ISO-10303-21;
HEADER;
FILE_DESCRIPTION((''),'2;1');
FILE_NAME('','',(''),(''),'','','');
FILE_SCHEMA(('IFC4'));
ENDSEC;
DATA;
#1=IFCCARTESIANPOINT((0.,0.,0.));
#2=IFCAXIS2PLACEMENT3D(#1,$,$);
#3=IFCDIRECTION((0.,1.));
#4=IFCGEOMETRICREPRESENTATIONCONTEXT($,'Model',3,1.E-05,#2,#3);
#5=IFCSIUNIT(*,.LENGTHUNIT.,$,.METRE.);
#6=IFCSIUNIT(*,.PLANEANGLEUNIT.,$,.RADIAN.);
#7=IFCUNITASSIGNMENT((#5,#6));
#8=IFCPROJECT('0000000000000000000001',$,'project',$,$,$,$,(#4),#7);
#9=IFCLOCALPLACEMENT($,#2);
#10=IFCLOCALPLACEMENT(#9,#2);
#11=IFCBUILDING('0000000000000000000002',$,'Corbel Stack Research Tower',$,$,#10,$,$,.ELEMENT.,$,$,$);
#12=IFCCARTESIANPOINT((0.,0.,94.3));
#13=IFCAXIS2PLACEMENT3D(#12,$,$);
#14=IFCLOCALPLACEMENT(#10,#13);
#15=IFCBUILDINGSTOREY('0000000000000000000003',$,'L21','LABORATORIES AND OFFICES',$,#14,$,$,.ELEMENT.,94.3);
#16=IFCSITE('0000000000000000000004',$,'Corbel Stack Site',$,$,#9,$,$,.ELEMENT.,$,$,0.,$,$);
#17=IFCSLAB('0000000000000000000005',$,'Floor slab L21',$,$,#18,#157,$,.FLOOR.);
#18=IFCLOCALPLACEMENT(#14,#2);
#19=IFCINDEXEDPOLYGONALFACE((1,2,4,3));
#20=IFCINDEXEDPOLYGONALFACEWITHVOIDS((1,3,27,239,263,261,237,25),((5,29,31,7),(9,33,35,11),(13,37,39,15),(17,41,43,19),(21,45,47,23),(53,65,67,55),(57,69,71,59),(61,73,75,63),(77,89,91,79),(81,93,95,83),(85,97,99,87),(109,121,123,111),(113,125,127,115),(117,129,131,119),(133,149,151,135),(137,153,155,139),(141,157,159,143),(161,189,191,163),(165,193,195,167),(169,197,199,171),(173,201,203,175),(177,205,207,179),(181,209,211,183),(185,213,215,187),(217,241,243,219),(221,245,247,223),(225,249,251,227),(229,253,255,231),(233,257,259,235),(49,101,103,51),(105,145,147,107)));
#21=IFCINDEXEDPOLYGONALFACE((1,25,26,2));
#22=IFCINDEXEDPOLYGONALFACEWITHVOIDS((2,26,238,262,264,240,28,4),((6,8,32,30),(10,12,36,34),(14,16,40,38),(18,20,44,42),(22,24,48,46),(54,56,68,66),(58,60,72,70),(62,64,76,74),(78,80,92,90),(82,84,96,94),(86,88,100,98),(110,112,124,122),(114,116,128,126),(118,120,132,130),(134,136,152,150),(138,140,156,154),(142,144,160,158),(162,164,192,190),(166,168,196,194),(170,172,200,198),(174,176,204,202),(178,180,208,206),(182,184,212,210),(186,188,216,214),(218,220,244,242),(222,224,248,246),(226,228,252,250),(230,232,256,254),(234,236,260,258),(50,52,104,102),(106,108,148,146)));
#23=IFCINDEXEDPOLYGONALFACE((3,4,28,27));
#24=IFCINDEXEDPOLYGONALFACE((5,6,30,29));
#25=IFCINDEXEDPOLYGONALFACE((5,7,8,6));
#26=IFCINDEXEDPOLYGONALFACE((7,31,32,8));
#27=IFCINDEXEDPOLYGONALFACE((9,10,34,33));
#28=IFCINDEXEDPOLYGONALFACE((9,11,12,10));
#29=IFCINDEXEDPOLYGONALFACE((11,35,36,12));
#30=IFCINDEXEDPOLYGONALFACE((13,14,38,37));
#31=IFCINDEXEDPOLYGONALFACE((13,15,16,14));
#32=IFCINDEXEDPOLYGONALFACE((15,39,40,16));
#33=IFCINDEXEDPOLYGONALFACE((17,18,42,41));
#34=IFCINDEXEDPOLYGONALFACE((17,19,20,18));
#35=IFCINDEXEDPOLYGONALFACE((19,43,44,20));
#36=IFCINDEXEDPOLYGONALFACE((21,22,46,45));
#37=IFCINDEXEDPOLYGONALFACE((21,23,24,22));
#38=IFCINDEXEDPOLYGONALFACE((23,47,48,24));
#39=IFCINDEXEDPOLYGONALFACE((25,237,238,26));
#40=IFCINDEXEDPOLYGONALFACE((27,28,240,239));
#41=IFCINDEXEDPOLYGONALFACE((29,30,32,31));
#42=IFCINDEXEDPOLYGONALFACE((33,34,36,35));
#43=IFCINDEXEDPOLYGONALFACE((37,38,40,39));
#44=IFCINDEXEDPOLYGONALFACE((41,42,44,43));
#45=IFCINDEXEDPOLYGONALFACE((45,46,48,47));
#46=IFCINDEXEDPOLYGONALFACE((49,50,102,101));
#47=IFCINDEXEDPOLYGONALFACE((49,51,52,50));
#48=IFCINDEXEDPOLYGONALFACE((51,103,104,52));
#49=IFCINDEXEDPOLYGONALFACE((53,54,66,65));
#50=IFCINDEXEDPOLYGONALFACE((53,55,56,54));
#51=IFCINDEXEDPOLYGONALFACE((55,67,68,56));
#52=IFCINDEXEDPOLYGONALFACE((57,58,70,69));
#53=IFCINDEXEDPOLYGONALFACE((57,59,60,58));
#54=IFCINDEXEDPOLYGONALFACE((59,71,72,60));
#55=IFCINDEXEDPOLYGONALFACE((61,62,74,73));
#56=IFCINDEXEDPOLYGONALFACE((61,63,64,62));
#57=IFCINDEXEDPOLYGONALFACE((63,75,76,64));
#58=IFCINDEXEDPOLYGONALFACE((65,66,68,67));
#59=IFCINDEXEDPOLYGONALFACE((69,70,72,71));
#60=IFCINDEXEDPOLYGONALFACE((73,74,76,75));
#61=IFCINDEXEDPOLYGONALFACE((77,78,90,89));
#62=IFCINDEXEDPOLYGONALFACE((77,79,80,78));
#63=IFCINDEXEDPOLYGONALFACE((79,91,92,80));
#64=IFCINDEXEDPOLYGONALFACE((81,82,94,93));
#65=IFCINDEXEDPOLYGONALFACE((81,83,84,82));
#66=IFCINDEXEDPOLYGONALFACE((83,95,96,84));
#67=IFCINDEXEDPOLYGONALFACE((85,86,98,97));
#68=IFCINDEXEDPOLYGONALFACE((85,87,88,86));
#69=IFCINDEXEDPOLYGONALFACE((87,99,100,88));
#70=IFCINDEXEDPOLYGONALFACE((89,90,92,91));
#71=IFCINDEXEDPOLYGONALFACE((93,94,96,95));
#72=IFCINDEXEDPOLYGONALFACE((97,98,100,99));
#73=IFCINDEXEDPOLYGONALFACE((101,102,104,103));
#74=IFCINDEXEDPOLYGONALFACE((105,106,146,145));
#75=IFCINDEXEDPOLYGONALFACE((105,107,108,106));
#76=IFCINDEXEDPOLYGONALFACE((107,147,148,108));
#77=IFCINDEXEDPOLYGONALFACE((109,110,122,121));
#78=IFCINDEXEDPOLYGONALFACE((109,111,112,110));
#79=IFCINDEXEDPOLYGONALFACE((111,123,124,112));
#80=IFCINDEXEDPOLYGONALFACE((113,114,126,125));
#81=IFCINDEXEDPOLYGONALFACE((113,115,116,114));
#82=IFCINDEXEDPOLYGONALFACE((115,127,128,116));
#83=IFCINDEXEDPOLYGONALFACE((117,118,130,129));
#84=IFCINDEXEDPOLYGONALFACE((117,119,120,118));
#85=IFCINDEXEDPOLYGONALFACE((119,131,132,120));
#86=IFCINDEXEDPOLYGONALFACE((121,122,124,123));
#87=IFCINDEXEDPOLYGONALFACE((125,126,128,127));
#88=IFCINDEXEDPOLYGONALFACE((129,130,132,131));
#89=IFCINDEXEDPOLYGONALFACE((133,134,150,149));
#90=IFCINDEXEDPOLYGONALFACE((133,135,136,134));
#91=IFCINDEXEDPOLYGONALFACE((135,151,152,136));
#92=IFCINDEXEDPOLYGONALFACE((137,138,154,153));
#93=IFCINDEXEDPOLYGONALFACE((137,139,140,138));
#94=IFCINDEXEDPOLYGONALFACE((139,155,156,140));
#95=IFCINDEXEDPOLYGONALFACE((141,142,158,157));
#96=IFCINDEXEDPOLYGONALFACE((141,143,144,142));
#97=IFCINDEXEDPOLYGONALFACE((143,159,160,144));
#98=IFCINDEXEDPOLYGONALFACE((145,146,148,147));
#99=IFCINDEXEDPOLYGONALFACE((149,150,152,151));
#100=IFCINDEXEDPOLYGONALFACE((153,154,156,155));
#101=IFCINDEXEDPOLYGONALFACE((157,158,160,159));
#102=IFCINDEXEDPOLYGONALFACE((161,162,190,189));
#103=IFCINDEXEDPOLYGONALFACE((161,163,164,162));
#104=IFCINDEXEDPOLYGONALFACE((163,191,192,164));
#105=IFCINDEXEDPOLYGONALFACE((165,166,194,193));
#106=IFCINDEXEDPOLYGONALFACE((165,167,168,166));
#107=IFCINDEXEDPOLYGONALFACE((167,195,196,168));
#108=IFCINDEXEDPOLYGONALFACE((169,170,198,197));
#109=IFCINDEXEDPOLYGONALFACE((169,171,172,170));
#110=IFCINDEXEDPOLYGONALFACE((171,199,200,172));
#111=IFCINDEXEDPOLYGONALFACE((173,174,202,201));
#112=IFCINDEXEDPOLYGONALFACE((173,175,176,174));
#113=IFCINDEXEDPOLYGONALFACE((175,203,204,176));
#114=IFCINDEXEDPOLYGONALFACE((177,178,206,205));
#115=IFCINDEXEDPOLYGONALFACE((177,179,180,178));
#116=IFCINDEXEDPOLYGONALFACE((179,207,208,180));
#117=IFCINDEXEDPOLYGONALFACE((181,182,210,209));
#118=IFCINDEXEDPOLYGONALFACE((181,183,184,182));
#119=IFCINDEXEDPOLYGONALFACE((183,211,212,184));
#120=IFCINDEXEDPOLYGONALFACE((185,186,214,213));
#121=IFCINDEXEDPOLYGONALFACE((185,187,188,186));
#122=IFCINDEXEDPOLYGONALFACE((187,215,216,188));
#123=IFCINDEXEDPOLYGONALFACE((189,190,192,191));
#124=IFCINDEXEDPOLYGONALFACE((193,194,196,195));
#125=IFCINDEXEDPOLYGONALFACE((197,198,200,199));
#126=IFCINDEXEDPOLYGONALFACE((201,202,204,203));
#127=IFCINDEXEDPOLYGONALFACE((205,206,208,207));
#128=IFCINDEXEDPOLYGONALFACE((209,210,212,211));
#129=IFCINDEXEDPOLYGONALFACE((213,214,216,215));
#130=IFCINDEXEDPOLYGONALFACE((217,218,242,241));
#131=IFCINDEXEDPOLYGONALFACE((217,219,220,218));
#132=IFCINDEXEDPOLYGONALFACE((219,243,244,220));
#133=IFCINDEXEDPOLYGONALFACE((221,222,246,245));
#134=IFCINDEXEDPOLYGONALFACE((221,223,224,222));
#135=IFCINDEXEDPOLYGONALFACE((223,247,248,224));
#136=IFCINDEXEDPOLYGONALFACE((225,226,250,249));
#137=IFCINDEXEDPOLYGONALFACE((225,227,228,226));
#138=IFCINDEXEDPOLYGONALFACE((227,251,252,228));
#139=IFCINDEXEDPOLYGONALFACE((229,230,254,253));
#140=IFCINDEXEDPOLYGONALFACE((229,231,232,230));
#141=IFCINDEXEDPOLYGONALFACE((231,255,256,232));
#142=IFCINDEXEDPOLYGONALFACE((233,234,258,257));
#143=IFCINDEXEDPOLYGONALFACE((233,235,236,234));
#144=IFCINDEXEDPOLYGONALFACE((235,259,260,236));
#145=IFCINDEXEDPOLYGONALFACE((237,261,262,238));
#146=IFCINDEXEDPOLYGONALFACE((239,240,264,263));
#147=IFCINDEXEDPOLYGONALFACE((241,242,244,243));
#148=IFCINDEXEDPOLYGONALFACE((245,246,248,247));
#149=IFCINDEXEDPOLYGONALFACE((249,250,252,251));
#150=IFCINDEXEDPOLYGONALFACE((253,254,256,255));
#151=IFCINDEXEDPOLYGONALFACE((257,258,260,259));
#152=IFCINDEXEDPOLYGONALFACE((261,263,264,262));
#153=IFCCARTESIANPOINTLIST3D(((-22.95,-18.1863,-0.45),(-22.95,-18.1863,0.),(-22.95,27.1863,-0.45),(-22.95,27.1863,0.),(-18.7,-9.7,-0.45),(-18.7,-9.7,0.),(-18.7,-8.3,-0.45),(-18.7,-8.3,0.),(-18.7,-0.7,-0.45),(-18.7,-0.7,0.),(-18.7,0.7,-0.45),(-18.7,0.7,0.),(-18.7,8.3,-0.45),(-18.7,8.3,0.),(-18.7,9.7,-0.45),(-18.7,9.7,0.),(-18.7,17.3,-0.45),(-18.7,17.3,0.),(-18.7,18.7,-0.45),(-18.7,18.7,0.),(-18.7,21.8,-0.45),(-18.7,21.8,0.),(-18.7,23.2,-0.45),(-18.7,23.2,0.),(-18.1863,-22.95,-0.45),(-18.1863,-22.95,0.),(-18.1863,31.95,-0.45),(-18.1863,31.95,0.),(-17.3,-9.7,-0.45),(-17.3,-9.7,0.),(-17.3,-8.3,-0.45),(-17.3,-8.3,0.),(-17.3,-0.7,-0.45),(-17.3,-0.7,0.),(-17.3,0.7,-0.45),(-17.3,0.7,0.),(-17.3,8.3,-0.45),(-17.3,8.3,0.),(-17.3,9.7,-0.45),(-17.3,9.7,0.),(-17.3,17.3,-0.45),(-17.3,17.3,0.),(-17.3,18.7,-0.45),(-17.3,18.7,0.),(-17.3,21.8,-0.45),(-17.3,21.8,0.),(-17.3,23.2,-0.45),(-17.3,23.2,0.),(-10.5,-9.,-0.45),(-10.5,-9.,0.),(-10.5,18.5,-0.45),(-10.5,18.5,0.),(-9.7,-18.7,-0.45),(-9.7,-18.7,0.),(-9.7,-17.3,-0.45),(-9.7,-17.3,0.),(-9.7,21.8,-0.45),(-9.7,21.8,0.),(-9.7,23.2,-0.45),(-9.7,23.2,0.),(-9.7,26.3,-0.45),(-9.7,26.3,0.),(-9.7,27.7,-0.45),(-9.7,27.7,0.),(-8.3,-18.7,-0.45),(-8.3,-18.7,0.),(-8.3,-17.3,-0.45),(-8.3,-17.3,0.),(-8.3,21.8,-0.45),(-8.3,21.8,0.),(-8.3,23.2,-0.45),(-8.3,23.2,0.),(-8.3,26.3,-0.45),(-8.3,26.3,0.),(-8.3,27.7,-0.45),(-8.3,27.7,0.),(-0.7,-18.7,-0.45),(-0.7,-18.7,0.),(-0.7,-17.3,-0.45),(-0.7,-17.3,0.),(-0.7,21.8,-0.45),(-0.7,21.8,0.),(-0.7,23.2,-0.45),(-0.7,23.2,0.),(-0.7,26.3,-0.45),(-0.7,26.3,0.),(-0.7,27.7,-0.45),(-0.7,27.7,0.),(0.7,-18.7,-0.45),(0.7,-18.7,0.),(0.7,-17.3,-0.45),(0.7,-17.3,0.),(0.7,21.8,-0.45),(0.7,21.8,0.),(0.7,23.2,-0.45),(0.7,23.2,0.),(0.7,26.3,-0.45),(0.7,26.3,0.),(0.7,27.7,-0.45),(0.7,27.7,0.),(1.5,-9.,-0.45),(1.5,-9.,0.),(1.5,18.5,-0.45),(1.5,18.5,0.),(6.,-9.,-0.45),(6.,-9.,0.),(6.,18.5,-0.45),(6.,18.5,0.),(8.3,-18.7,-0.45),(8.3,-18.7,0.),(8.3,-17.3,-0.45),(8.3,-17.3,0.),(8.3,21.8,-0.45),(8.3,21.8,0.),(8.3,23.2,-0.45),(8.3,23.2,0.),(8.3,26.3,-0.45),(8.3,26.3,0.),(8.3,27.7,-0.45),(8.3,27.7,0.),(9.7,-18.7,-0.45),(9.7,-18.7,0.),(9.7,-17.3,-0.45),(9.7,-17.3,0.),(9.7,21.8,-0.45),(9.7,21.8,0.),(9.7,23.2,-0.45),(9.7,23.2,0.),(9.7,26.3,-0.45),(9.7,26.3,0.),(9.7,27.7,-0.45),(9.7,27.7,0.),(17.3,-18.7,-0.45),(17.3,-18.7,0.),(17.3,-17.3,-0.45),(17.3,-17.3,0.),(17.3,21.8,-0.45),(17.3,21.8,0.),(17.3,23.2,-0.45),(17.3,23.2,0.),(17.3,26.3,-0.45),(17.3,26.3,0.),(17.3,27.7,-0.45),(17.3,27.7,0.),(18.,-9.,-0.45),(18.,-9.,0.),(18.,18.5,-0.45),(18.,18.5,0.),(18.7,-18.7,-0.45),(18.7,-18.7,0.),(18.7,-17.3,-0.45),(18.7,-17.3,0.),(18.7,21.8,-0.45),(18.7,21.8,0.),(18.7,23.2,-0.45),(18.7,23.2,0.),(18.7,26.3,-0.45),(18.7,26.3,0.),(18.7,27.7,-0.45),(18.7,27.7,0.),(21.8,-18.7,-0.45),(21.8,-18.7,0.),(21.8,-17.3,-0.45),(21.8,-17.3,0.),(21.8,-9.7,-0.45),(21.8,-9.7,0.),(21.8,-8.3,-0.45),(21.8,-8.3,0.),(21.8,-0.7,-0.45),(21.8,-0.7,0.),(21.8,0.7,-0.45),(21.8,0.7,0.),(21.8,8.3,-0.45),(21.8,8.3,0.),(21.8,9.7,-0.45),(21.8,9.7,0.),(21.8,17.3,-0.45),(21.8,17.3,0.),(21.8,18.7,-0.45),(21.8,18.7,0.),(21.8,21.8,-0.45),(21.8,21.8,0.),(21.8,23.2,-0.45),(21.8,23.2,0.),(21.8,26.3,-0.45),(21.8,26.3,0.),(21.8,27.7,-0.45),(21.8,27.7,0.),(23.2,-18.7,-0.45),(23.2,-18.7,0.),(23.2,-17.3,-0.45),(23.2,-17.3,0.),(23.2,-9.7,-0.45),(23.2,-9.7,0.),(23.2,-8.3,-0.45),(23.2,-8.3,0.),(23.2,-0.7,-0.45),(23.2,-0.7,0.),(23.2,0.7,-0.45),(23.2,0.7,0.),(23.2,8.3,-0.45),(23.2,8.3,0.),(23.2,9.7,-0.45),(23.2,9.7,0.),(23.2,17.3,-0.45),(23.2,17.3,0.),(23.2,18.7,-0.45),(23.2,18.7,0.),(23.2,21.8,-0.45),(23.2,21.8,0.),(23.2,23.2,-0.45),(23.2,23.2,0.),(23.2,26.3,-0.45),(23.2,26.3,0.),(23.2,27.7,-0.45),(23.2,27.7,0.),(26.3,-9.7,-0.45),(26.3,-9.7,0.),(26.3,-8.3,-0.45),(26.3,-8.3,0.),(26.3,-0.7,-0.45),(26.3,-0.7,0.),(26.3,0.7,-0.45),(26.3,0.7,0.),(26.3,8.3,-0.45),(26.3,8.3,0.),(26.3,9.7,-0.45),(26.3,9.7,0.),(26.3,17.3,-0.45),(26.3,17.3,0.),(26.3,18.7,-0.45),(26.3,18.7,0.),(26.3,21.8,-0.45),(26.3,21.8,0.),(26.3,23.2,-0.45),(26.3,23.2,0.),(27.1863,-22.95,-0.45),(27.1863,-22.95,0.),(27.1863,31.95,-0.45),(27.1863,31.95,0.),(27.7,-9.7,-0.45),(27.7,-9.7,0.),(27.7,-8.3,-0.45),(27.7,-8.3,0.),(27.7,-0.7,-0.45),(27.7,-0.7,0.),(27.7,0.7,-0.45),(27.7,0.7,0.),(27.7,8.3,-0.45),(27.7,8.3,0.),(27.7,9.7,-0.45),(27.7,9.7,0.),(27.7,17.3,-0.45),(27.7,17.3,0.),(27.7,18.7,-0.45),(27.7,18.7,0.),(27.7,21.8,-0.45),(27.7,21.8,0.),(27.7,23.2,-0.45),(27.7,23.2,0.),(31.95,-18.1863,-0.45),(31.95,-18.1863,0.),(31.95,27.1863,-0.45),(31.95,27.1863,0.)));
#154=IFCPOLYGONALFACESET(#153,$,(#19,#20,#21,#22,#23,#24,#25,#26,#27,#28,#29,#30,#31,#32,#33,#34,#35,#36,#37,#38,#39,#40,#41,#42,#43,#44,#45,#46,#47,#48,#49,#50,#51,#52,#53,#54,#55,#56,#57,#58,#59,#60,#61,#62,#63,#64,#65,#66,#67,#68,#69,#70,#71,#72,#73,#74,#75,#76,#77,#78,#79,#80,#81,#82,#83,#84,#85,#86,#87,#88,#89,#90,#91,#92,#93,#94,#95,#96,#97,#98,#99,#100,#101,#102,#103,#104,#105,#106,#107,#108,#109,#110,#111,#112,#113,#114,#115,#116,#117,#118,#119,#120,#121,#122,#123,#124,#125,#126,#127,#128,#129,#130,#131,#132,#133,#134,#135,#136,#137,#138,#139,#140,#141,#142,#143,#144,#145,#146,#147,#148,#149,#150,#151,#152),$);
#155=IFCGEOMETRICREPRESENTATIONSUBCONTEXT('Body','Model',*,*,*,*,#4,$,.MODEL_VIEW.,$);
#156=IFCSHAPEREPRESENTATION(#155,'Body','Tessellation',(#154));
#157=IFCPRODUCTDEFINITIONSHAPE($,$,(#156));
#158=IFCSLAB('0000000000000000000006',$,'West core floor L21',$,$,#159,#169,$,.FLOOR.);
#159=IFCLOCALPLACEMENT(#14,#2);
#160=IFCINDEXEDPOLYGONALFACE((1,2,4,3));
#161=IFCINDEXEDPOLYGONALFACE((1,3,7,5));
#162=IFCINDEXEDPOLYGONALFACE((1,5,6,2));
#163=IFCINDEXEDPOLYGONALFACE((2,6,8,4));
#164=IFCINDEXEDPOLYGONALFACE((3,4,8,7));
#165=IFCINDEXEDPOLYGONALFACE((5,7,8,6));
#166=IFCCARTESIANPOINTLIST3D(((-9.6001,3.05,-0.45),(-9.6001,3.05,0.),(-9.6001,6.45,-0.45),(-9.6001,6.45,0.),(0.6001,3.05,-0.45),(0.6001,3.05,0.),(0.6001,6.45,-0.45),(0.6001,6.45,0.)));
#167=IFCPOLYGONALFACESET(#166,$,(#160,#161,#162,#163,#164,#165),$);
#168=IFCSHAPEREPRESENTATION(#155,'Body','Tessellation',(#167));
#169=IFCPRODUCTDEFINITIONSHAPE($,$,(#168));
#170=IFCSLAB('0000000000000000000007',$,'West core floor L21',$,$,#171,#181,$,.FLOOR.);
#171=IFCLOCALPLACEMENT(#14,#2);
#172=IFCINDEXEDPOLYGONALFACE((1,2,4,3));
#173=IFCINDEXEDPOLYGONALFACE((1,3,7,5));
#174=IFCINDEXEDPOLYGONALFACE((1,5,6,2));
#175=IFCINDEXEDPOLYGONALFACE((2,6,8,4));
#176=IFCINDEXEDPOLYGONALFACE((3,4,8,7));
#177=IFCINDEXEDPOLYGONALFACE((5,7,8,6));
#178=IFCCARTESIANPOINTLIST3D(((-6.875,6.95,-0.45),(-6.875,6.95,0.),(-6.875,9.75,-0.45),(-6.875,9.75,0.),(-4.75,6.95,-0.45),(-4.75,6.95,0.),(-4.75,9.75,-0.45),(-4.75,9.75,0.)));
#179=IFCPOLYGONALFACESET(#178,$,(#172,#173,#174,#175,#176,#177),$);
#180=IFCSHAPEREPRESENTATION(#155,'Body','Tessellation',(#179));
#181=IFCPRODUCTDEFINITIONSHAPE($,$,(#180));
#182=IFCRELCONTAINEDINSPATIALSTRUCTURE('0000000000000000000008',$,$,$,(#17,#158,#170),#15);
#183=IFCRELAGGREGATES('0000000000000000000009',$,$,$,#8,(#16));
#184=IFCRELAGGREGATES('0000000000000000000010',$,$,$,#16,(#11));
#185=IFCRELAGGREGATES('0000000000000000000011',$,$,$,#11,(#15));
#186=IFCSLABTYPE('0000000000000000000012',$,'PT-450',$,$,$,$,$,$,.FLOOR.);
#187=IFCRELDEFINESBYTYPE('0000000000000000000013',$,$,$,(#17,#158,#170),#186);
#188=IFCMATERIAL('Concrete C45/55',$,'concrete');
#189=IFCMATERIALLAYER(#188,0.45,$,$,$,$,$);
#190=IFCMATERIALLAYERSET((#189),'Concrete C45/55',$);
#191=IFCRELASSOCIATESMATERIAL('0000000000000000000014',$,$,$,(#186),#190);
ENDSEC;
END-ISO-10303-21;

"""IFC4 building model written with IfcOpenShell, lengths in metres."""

from ifc_helpers import new_model, si_unit, direction, frame, origin, place, context, subcontext, project, spatial, polyline, outline, extrude, material, layer, layer_set, type_object, element, save


model = new_model("IFC4")

# Units and contexts
model_context = context("Model", 3, precision=1e-05, world=origin(), true_north=direction((0.0, 1.0)))
body_context = subcontext(model_context, "Body", "Model", "MODEL_VIEW")
ifc_project = project(units=[si_unit("LENGTHUNIT", "METRE"), si_unit("PLANEANGLEUNIT", "RADIAN")], contexts=[model_context])

# Site, building, storey
site_placement = place(None, origin())
site = spatial("IfcSite", under=ifc_project, at=site_placement, Name="Corbel Stack Site", CompositionType="ELEMENT", RefElevation=0.0)
building_placement = place(site_placement, origin())
building = spatial("IfcBuilding", under=site, at=building_placement, Name="Corbel Stack Research Tower", CompositionType="ELEMENT")
storey_placement = place(building_placement, frame((0.0, 0.0, 94.3)))
storey = spatial("IfcBuildingStorey", under=building, at=storey_placement, Name="L21", Description="LABORATORIES AND OFFICES", CompositionType="ELEMENT", Elevation=94.3)

# Slabs
ifc_material_1 = material(Name="Concrete C45/55", Category="concrete")
ifc_layer_1 = layer(ifc_material_1, 0.45)
ifc_layer_set_1 = layer_set([ifc_layer_1], Name="Concrete C45/55")
slab_type_1 = type_object("IfcSlabType", Name="PT-450", PredefinedType="FLOOR", material=ifc_layer_set_1)
slab_1_placement = place(storey_placement, frame((0.0, 0.0, -0.45)))
element("IfcSlab", 1, at=slab_1_placement, inside=storey, type_object=slab_type_1, Name="Floor slab L21", PredefinedType="FLOOR", context=body_context, shape_type="SweptSolid", body=[
    extrude(outline(polyline([(-18.1863, -22.95), (27.1863, -22.95), (31.95, -18.1863), (31.95, 27.1863), (27.1863, 31.95), (-18.1863, 31.95), (-22.95, 27.1863), (-22.95, -18.1863), (-18.1863, -22.95)]), holes=[polyline([(26.3, 21.8), (26.3, 23.2), (27.7, 23.2), (27.7, 21.8), (26.3, 21.8)]), polyline([(26.3, -9.7), (26.3, -8.3), (27.7, -8.3), (27.7, -9.7), (26.3, -9.7)]), polyline([(26.3, -0.7), (26.3, 0.7), (27.7, 0.7), (27.7, -0.7), (26.3, -0.7)]), polyline([(26.3, 8.3), (26.3, 9.7), (27.7, 9.7), (27.7, 8.3), (26.3, 8.3)]), polyline([(26.3, 17.3), (26.3, 18.7), (27.7, 18.7), (27.7, 17.3), (26.3, 17.3)]), polyline([(21.8, 26.3), (21.8, 27.7), (23.2, 27.7), (23.2, 26.3), (21.8, 26.3)]), polyline([(21.8, 21.8), (21.8, 23.2), (23.2, 23.2), (23.2, 21.8), (21.8, 21.8)]), polyline([(21.8, 17.3), (21.8, 18.7), (23.2, 18.7), (23.2, 17.3), (21.8, 17.3)]), polyline([(21.8, 8.3), (21.8, 9.7), (23.2, 9.7), (23.2, 8.3), (21.8, 8.3)]), polyline([(21.8, -0.7), (21.8, 0.7), (23.2, 0.7), (23.2, -0.7), (21.8, -0.7)]), polyline([(21.8, -9.7), (21.8, -8.3), (23.2, -8.3), (23.2, -9.7), (21.8, -9.7)]), polyline([(21.8, -18.7), (21.8, -17.3), (23.2, -17.3), (23.2, -18.7), (21.8, -18.7)]), polyline([(17.3, 26.3), (17.3, 27.7), (18.7, 27.7), (18.7, 26.3), (17.3, 26.3)]), polyline([(17.3, 21.8), (17.3, 23.2), (18.7, 23.2), (18.7, 21.8), (17.3, 21.8)]), polyline([(17.3, -18.7), (17.3, -17.3), (18.7, -17.3), (18.7, -18.7), (17.3, -18.7)]), polyline([(6.0, -9.0), (6.0, 18.5), (18.0, 18.5), (18.0, -9.0), (6.0, -9.0)]), polyline([(8.3, 26.3), (8.3, 27.7), (9.7, 27.7), (9.7, 26.3), (8.3, 26.3)]), polyline([(8.3, 21.8), (8.3, 23.2), (9.7, 23.2), (9.7, 21.8), (8.3, 21.8)]), polyline([(8.3, -18.7), (8.3, -17.3), (9.7, -17.3), (9.7, -18.7), (8.3, -18.7)]), polyline([(-10.5, -9.0), (-10.5, 18.5), (1.5, 18.5), (1.5, -9.0), (-10.5, -9.0)]), polyline([(-0.7, 26.3), (-0.7, 27.7), (0.7, 27.7), (0.7, 26.3), (-0.7, 26.3)]), polyline([(-0.7, 21.8), (-0.7, 23.2), (0.7, 23.2), (0.7, 21.8), (-0.7, 21.8)]), polyline([(-0.7, -18.7), (-0.7, -17.3), (0.7, -17.3), (0.7, -18.7), (-0.7, -18.7)]), polyline([(-9.7, 26.3), (-9.7, 27.7), (-8.3, 27.7), (-8.3, 26.3), (-9.7, 26.3)]), polyline([(-9.7, 21.8), (-9.7, 23.2), (-8.3, 23.2), (-8.3, 21.8), (-9.7, 21.8)]), polyline([(-8.3, -18.7), (-9.7, -18.7), (-9.7, -17.3), (-8.3, -17.3), (-8.3, -18.7)]), polyline([(-18.7, 21.8), (-18.7, 23.2), (-17.3, 23.2), (-17.3, 21.8), (-18.7, 21.8)]), polyline([(-18.7, 17.3), (-18.7, 18.7), (-17.3, 18.7), (-17.3, 17.3), (-18.7, 17.3)]), polyline([(-18.7, 8.3), (-18.7, 9.7), (-17.3, 9.7), (-17.3, 8.3), (-18.7, 8.3)]), polyline([(-18.7, -0.7), (-18.7, 0.7), (-17.3, 0.7), (-17.3, -0.7), (-18.7, -0.7)]), polyline([(-18.7, -9.7), (-18.7, -8.3), (-17.3, -8.3), (-17.3, -9.7), (-18.7, -9.7)])]), origin(), (0.0, 0.0, 1.0), 0.45),
])
slab_2_placement = place(storey_placement, frame((0.0, 0.0, -0.45)))
element("IfcSlab", 2, at=slab_2_placement, inside=storey, type_object=slab_type_1, Name="West core floor L21", PredefinedType="FLOOR", context=body_context, shape_type="SweptSolid", body=[
    extrude(outline(polyline([(0.6001, 6.45), (-9.6001, 6.45), (-9.6001, 3.05), (0.6001, 3.05), (0.6001, 6.45)])), origin(), (0.0, 0.0, 1.0), 0.45),
])
slab_3_placement = place(storey_placement, frame((0.0, 0.0, -0.45)))
element("IfcSlab", 3, at=slab_3_placement, inside=storey, type_object=slab_type_1, Name="West core floor L21", PredefinedType="FLOOR", context=body_context, shape_type="SweptSolid", body=[
    extrude(outline(polyline([(-6.875, 6.95), (-4.75, 6.95), (-4.75, 9.75), (-6.875, 9.75), (-6.875, 6.95)])), origin(), (0.0, 0.0, 1.0), 0.45),
])

save(model, "model.ifc")
